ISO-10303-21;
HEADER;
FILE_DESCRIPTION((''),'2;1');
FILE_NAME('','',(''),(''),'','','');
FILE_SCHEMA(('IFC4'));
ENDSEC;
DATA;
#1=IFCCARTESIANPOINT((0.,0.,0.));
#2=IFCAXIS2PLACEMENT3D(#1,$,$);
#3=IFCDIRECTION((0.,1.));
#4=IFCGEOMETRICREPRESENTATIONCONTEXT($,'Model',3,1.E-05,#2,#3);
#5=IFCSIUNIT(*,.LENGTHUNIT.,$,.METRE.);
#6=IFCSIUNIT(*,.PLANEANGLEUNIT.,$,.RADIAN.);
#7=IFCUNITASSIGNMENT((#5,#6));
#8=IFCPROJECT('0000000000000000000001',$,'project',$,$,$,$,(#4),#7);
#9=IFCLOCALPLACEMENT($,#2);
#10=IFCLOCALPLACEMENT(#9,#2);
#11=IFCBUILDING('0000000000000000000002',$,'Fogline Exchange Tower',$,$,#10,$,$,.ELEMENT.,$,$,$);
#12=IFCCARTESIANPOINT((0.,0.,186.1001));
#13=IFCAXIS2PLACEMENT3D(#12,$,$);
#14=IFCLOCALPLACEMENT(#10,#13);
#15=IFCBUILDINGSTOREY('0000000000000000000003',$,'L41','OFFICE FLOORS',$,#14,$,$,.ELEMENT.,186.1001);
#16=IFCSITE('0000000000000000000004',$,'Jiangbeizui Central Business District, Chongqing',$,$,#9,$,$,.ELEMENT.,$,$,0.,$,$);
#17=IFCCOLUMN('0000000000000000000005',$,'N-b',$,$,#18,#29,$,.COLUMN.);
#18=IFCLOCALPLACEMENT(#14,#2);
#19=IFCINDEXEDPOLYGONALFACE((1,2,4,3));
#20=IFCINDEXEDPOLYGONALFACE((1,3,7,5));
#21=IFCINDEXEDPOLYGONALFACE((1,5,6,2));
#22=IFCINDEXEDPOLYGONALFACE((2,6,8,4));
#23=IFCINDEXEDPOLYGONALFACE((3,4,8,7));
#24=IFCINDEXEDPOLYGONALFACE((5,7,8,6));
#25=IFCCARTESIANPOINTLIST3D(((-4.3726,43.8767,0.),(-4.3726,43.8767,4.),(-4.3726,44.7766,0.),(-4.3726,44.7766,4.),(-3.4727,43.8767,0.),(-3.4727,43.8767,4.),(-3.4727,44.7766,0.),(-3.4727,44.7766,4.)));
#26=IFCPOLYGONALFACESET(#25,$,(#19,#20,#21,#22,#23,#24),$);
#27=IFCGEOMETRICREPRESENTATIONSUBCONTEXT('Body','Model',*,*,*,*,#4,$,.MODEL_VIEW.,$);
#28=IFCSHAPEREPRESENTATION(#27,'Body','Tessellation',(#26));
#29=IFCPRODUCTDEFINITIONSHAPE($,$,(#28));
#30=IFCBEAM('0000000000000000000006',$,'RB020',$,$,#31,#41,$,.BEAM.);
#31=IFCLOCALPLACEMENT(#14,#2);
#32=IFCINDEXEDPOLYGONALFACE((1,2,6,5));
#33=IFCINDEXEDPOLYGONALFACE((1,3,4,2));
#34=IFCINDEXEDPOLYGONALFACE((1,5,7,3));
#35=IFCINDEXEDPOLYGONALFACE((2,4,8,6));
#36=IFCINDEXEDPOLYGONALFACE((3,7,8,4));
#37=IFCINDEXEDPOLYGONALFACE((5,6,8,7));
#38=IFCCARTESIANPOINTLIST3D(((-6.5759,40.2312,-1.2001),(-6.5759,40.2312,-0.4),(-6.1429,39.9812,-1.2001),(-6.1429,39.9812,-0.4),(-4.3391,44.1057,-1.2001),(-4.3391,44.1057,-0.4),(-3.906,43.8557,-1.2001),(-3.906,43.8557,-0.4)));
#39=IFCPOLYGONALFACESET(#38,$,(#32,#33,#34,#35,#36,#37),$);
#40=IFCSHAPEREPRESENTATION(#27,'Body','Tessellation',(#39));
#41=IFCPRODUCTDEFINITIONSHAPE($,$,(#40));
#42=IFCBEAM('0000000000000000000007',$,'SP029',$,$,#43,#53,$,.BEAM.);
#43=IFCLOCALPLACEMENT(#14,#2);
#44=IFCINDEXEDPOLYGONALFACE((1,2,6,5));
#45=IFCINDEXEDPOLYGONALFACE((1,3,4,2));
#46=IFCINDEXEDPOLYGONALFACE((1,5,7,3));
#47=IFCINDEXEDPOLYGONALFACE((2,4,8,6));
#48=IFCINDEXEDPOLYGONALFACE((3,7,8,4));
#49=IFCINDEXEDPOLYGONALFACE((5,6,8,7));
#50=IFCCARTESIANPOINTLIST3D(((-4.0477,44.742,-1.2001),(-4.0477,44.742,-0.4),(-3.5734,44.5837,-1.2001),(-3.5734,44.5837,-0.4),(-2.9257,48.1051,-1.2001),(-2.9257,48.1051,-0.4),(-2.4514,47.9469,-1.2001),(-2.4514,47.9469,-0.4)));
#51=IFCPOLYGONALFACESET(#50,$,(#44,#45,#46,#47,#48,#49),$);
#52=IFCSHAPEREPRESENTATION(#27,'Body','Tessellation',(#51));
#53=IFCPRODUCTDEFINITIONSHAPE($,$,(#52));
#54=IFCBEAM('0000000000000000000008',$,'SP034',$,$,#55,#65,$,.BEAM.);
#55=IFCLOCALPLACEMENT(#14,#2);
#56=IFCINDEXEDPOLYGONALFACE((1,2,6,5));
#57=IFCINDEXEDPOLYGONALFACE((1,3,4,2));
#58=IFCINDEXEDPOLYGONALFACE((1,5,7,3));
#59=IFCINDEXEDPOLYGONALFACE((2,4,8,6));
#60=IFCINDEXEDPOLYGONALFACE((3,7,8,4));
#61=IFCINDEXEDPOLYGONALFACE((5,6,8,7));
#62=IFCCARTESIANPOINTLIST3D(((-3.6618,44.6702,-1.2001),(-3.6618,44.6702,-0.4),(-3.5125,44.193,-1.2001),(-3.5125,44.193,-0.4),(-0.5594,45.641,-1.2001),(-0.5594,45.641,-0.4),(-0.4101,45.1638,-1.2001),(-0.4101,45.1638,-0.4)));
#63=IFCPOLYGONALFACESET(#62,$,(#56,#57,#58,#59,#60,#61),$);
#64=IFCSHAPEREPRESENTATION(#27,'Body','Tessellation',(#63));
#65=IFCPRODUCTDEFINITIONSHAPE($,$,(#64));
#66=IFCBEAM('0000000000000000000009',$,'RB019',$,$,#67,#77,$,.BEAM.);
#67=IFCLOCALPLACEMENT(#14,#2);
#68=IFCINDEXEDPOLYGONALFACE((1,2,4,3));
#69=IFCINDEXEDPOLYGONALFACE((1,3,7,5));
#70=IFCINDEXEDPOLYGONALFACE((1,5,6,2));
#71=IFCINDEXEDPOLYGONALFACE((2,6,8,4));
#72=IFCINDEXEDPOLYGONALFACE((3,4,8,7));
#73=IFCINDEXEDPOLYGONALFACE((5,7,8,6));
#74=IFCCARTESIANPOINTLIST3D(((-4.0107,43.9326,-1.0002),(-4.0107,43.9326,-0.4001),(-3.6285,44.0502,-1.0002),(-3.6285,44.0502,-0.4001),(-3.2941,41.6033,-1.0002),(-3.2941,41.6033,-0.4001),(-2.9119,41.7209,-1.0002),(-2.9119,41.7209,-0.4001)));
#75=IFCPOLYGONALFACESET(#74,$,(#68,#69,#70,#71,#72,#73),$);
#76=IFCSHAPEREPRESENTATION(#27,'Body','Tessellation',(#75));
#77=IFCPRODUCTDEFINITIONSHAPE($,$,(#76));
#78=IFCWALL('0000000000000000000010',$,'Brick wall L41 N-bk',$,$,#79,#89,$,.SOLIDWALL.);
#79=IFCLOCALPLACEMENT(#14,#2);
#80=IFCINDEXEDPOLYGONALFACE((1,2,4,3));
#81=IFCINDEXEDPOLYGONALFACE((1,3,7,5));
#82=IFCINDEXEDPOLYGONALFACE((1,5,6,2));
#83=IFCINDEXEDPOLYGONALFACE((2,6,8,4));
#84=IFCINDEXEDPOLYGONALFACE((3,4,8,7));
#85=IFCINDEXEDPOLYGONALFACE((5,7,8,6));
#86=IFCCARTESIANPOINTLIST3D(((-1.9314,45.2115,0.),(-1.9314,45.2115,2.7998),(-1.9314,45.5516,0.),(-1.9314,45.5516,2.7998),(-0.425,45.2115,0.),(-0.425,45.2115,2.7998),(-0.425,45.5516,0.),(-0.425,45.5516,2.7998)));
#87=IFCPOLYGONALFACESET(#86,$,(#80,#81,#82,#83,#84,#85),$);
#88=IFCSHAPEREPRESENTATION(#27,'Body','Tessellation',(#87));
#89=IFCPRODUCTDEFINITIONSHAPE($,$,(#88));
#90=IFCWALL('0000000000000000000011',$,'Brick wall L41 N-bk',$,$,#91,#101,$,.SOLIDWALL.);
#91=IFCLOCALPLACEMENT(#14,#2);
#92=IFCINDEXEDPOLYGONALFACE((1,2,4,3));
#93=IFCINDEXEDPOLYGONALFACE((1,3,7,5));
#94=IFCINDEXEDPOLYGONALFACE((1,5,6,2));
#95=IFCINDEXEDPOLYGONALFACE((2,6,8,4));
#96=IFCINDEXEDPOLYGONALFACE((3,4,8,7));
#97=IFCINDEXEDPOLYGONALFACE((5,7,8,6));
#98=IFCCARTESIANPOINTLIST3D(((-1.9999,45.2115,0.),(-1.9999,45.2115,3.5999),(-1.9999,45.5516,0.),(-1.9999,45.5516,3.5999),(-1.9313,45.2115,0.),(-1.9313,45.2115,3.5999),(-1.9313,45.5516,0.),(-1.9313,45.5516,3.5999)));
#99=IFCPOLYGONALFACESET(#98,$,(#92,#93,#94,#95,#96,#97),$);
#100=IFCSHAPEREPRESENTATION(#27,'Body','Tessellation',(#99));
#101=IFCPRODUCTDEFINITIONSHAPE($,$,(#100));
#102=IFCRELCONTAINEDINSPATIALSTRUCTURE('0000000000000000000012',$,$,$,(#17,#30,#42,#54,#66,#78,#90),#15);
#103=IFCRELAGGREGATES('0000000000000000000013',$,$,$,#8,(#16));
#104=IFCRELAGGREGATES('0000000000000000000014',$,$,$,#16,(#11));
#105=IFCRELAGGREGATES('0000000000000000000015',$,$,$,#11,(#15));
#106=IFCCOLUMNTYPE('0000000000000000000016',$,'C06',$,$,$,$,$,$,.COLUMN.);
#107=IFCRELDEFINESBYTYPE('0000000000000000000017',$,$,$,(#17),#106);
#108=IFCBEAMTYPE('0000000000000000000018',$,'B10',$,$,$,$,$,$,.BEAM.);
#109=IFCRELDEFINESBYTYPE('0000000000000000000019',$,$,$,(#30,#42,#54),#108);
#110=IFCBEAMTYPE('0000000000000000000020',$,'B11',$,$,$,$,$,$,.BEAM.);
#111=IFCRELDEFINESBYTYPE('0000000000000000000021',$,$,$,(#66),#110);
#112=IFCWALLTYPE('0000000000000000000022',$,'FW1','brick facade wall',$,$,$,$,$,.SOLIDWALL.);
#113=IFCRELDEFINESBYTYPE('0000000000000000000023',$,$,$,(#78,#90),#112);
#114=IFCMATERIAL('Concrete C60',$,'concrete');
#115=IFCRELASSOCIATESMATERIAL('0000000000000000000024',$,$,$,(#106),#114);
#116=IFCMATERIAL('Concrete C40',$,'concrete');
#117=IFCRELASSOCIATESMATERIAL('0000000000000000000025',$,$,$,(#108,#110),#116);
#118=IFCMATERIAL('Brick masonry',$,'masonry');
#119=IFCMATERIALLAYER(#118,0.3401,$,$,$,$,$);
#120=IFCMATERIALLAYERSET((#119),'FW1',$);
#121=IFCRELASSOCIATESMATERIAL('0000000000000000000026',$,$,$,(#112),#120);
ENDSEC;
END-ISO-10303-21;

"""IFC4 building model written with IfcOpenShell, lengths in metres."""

from ifc_helpers import new_model, si_unit, direction, frame, frame_2d, origin, origin_2d, place, context, subcontext, project, spatial, rectangle, extrude, material, layer, layer_set, material_profile, profile_set, type_object, element, save


model = new_model("IFC4")

# Units and contexts
model_context = context("Model", 3, precision=1e-05, world=origin(), true_north=direction((0.0, 1.0)))
body_context = subcontext(model_context, "Body", "Model", "MODEL_VIEW")
ifc_project = project(units=[si_unit("LENGTHUNIT", "METRE"), si_unit("PLANEANGLEUNIT", "RADIAN")], contexts=[model_context])

# Site, building, storey
site_placement = place(None, origin())
site = spatial("IfcSite", under=ifc_project, at=site_placement, Name="Jiangbeizui Central Business District, Chongqing", CompositionType="ELEMENT", RefElevation=0.0)
building_placement = place(site_placement, origin())
building = spatial("IfcBuilding", under=site, at=building_placement, Name="Fogline Exchange Tower", CompositionType="ELEMENT")
storey_placement = place(building_placement, frame((0.0, 0.0, 186.1001)))
storey = spatial("IfcBuildingStorey", under=building, at=storey_placement, Name="L41", Description="OFFICE FLOORS", CompositionType="ELEMENT", Elevation=186.1001)

# Column
ifc_material_1 = material(Name="Concrete C60", Category="concrete")
ifc_material_profile_1 = material_profile(ifc_material_1, rectangle(XDim=0.8999, YDim=0.8999, at=origin_2d()), Name="RC 900x900")
ifc_profile_set_1 = profile_set([ifc_material_profile_1], Name="Concrete C60")
column_type = type_object("IfcColumnType", Name="C06", PredefinedType="COLUMN", material=ifc_profile_set_1)
column_placement = place(storey_placement, frame((-3.9226, 44.3267, 0.0), z_axis=(0.0, 0.0, 1.0), x_axis=(1.0, 0.0, 0.0)))
element("IfcColumn", 1, at=column_placement, inside=storey, type_object=column_type, Name="N-b", PredefinedType="COLUMN", context=body_context, shape_type="SweptSolid", body=[
    extrude(rectangle(XDim=0.8999, YDim=0.8999, at=origin_2d()), origin(), (0.0, 0.0, 1.0), 4.0),
])

# Beams
ifc_material_2 = material(Name="Concrete C40", Category="concrete")
ifc_material_profile_2 = material_profile(ifc_material_2, rectangle(XDim=0.5, YDim=0.8, at=origin_2d()), Name="RC 500x800")
ifc_profile_set_2 = profile_set([ifc_material_profile_2], Name="Concrete C40")
beam_type_1 = type_object("IfcBeamType", Name="B10", PredefinedType="BEAM", material=ifc_profile_set_2)
beam_1_placement = place(storey_placement, frame((-4.1226, 43.9807, -0.8), z_axis=(-0.499978, -0.866038, 0.0), x_axis=(0.866038, -0.499978, 0.0)))
element("IfcBeam", 2, at=beam_1_placement, inside=storey, type_object=beam_type_1, Name="RB020", PredefinedType="BEAM", context=body_context, shape_type="SweptSolid", body=[
    extrude(rectangle(XDim=0.5, YDim=0.8, at=origin_2d()), origin(), (0.0, 0.0, 1.0), 4.4739),
])
beam_2_placement = place(storey_placement, frame((-3.8105, 44.6628, -0.8), z_axis=(0.316476, 0.948601, 0.0), x_axis=(-0.948601, 0.316476, 0.0)))
element("IfcBeam", 3, at=beam_2_placement, inside=storey, type_object=beam_type_1, Name="SP029", PredefinedType="BEAM", context=body_context, shape_type="SweptSolid", body=[
    extrude(rectangle(XDim=0.5, YDim=0.8, at=origin_2d()), origin(), (0.0, 0.0, 1.0), 3.5454),
])
beam_3_placement = place(storey_placement, frame((-3.5872, 44.4316, -0.8), z_axis=(0.954372, 0.298621, 0.0), x_axis=(-0.298621, 0.954372, 0.0)))
element("IfcBeam", 4, at=beam_3_placement, inside=storey, type_object=beam_type_1, Name="SP034", PredefinedType="BEAM", context=body_context, shape_type="SweptSolid", body=[
    extrude(rectangle(XDim=0.5, YDim=0.8, at=origin_2d()), origin(), (0.0, 0.0, 1.0), 3.2507),
])
ifc_material_profile_3 = material_profile(ifc_material_2, rectangle(XDim=0.3999, YDim=0.6001, at=origin_2d()), Name="RC 400x600")
ifc_profile_set_3 = profile_set([ifc_material_profile_3], Name="Concrete C40")
beam_type_2 = type_object("IfcBeamType", Name="B11", PredefinedType="BEAM", material=ifc_profile_set_3)
beam_4_placement = place(storey_placement, frame((-3.103, 41.6621, -0.7002), z_axis=(-0.294022, 0.955799, 0.0), x_axis=(-0.955799, -0.294022, 0.0)))
element("IfcBeam", 5, at=beam_4_placement, inside=storey, type_object=beam_type_2, Name="RB019", PredefinedType="BEAM", context=body_context, shape_type="SweptSolid", body=[
    extrude(rectangle(XDim=0.3999, YDim=0.6001, at=origin_2d()), origin(), (0.0, 0.0, 1.0), 2.437),
])

# Walls
ifc_material_3 = material(Name="Brick masonry", Category="masonry")
ifc_layer = layer(ifc_material_3, 0.3401)
ifc_layer_set = layer_set([ifc_layer], Name="FW1")
wall_type = type_object("IfcWallType", Name="FW1", Description="brick facade wall", PredefinedType="SOLIDWALL", material=ifc_layer_set)
wall_1_placement = place(storey_placement, frame((-0.425, 45.3816, 0.0), z_axis=(0.0, 0.0, 1.0), x_axis=(-1.0, 0.0, 0.0)))
element("IfcWall", 6, at=wall_1_placement, inside=storey, type_object=wall_type, Name="Brick wall L41 N-bk", PredefinedType="SOLIDWALL", context=body_context, shape_type="SweptSolid", body=[
    extrude(rectangle(XDim=1.5063, YDim=0.3401, at=frame_2d((0.7532, 0.0))), origin(), (0.0, 0.0, 1.0), 2.7998),
])
wall_2_placement = place(storey_placement, frame((-1.9314, 45.3816, 0.0), z_axis=(0.0, 0.0, 1.0), x_axis=(-1.0, 0.0, 0.0)))
element("IfcWall", 7, at=wall_2_placement, inside=storey, type_object=wall_type, Name="Brick wall L41 N-bk", PredefinedType="SOLIDWALL", context=body_context, shape_type="SweptSolid", body=[
    extrude(rectangle(XDim=0.0686, YDim=0.3401, at=frame_2d((0.0342, 0.0))), origin(), (0.0, 0.0, 1.0), 3.5999),
])

save(model, "model.ifc")
